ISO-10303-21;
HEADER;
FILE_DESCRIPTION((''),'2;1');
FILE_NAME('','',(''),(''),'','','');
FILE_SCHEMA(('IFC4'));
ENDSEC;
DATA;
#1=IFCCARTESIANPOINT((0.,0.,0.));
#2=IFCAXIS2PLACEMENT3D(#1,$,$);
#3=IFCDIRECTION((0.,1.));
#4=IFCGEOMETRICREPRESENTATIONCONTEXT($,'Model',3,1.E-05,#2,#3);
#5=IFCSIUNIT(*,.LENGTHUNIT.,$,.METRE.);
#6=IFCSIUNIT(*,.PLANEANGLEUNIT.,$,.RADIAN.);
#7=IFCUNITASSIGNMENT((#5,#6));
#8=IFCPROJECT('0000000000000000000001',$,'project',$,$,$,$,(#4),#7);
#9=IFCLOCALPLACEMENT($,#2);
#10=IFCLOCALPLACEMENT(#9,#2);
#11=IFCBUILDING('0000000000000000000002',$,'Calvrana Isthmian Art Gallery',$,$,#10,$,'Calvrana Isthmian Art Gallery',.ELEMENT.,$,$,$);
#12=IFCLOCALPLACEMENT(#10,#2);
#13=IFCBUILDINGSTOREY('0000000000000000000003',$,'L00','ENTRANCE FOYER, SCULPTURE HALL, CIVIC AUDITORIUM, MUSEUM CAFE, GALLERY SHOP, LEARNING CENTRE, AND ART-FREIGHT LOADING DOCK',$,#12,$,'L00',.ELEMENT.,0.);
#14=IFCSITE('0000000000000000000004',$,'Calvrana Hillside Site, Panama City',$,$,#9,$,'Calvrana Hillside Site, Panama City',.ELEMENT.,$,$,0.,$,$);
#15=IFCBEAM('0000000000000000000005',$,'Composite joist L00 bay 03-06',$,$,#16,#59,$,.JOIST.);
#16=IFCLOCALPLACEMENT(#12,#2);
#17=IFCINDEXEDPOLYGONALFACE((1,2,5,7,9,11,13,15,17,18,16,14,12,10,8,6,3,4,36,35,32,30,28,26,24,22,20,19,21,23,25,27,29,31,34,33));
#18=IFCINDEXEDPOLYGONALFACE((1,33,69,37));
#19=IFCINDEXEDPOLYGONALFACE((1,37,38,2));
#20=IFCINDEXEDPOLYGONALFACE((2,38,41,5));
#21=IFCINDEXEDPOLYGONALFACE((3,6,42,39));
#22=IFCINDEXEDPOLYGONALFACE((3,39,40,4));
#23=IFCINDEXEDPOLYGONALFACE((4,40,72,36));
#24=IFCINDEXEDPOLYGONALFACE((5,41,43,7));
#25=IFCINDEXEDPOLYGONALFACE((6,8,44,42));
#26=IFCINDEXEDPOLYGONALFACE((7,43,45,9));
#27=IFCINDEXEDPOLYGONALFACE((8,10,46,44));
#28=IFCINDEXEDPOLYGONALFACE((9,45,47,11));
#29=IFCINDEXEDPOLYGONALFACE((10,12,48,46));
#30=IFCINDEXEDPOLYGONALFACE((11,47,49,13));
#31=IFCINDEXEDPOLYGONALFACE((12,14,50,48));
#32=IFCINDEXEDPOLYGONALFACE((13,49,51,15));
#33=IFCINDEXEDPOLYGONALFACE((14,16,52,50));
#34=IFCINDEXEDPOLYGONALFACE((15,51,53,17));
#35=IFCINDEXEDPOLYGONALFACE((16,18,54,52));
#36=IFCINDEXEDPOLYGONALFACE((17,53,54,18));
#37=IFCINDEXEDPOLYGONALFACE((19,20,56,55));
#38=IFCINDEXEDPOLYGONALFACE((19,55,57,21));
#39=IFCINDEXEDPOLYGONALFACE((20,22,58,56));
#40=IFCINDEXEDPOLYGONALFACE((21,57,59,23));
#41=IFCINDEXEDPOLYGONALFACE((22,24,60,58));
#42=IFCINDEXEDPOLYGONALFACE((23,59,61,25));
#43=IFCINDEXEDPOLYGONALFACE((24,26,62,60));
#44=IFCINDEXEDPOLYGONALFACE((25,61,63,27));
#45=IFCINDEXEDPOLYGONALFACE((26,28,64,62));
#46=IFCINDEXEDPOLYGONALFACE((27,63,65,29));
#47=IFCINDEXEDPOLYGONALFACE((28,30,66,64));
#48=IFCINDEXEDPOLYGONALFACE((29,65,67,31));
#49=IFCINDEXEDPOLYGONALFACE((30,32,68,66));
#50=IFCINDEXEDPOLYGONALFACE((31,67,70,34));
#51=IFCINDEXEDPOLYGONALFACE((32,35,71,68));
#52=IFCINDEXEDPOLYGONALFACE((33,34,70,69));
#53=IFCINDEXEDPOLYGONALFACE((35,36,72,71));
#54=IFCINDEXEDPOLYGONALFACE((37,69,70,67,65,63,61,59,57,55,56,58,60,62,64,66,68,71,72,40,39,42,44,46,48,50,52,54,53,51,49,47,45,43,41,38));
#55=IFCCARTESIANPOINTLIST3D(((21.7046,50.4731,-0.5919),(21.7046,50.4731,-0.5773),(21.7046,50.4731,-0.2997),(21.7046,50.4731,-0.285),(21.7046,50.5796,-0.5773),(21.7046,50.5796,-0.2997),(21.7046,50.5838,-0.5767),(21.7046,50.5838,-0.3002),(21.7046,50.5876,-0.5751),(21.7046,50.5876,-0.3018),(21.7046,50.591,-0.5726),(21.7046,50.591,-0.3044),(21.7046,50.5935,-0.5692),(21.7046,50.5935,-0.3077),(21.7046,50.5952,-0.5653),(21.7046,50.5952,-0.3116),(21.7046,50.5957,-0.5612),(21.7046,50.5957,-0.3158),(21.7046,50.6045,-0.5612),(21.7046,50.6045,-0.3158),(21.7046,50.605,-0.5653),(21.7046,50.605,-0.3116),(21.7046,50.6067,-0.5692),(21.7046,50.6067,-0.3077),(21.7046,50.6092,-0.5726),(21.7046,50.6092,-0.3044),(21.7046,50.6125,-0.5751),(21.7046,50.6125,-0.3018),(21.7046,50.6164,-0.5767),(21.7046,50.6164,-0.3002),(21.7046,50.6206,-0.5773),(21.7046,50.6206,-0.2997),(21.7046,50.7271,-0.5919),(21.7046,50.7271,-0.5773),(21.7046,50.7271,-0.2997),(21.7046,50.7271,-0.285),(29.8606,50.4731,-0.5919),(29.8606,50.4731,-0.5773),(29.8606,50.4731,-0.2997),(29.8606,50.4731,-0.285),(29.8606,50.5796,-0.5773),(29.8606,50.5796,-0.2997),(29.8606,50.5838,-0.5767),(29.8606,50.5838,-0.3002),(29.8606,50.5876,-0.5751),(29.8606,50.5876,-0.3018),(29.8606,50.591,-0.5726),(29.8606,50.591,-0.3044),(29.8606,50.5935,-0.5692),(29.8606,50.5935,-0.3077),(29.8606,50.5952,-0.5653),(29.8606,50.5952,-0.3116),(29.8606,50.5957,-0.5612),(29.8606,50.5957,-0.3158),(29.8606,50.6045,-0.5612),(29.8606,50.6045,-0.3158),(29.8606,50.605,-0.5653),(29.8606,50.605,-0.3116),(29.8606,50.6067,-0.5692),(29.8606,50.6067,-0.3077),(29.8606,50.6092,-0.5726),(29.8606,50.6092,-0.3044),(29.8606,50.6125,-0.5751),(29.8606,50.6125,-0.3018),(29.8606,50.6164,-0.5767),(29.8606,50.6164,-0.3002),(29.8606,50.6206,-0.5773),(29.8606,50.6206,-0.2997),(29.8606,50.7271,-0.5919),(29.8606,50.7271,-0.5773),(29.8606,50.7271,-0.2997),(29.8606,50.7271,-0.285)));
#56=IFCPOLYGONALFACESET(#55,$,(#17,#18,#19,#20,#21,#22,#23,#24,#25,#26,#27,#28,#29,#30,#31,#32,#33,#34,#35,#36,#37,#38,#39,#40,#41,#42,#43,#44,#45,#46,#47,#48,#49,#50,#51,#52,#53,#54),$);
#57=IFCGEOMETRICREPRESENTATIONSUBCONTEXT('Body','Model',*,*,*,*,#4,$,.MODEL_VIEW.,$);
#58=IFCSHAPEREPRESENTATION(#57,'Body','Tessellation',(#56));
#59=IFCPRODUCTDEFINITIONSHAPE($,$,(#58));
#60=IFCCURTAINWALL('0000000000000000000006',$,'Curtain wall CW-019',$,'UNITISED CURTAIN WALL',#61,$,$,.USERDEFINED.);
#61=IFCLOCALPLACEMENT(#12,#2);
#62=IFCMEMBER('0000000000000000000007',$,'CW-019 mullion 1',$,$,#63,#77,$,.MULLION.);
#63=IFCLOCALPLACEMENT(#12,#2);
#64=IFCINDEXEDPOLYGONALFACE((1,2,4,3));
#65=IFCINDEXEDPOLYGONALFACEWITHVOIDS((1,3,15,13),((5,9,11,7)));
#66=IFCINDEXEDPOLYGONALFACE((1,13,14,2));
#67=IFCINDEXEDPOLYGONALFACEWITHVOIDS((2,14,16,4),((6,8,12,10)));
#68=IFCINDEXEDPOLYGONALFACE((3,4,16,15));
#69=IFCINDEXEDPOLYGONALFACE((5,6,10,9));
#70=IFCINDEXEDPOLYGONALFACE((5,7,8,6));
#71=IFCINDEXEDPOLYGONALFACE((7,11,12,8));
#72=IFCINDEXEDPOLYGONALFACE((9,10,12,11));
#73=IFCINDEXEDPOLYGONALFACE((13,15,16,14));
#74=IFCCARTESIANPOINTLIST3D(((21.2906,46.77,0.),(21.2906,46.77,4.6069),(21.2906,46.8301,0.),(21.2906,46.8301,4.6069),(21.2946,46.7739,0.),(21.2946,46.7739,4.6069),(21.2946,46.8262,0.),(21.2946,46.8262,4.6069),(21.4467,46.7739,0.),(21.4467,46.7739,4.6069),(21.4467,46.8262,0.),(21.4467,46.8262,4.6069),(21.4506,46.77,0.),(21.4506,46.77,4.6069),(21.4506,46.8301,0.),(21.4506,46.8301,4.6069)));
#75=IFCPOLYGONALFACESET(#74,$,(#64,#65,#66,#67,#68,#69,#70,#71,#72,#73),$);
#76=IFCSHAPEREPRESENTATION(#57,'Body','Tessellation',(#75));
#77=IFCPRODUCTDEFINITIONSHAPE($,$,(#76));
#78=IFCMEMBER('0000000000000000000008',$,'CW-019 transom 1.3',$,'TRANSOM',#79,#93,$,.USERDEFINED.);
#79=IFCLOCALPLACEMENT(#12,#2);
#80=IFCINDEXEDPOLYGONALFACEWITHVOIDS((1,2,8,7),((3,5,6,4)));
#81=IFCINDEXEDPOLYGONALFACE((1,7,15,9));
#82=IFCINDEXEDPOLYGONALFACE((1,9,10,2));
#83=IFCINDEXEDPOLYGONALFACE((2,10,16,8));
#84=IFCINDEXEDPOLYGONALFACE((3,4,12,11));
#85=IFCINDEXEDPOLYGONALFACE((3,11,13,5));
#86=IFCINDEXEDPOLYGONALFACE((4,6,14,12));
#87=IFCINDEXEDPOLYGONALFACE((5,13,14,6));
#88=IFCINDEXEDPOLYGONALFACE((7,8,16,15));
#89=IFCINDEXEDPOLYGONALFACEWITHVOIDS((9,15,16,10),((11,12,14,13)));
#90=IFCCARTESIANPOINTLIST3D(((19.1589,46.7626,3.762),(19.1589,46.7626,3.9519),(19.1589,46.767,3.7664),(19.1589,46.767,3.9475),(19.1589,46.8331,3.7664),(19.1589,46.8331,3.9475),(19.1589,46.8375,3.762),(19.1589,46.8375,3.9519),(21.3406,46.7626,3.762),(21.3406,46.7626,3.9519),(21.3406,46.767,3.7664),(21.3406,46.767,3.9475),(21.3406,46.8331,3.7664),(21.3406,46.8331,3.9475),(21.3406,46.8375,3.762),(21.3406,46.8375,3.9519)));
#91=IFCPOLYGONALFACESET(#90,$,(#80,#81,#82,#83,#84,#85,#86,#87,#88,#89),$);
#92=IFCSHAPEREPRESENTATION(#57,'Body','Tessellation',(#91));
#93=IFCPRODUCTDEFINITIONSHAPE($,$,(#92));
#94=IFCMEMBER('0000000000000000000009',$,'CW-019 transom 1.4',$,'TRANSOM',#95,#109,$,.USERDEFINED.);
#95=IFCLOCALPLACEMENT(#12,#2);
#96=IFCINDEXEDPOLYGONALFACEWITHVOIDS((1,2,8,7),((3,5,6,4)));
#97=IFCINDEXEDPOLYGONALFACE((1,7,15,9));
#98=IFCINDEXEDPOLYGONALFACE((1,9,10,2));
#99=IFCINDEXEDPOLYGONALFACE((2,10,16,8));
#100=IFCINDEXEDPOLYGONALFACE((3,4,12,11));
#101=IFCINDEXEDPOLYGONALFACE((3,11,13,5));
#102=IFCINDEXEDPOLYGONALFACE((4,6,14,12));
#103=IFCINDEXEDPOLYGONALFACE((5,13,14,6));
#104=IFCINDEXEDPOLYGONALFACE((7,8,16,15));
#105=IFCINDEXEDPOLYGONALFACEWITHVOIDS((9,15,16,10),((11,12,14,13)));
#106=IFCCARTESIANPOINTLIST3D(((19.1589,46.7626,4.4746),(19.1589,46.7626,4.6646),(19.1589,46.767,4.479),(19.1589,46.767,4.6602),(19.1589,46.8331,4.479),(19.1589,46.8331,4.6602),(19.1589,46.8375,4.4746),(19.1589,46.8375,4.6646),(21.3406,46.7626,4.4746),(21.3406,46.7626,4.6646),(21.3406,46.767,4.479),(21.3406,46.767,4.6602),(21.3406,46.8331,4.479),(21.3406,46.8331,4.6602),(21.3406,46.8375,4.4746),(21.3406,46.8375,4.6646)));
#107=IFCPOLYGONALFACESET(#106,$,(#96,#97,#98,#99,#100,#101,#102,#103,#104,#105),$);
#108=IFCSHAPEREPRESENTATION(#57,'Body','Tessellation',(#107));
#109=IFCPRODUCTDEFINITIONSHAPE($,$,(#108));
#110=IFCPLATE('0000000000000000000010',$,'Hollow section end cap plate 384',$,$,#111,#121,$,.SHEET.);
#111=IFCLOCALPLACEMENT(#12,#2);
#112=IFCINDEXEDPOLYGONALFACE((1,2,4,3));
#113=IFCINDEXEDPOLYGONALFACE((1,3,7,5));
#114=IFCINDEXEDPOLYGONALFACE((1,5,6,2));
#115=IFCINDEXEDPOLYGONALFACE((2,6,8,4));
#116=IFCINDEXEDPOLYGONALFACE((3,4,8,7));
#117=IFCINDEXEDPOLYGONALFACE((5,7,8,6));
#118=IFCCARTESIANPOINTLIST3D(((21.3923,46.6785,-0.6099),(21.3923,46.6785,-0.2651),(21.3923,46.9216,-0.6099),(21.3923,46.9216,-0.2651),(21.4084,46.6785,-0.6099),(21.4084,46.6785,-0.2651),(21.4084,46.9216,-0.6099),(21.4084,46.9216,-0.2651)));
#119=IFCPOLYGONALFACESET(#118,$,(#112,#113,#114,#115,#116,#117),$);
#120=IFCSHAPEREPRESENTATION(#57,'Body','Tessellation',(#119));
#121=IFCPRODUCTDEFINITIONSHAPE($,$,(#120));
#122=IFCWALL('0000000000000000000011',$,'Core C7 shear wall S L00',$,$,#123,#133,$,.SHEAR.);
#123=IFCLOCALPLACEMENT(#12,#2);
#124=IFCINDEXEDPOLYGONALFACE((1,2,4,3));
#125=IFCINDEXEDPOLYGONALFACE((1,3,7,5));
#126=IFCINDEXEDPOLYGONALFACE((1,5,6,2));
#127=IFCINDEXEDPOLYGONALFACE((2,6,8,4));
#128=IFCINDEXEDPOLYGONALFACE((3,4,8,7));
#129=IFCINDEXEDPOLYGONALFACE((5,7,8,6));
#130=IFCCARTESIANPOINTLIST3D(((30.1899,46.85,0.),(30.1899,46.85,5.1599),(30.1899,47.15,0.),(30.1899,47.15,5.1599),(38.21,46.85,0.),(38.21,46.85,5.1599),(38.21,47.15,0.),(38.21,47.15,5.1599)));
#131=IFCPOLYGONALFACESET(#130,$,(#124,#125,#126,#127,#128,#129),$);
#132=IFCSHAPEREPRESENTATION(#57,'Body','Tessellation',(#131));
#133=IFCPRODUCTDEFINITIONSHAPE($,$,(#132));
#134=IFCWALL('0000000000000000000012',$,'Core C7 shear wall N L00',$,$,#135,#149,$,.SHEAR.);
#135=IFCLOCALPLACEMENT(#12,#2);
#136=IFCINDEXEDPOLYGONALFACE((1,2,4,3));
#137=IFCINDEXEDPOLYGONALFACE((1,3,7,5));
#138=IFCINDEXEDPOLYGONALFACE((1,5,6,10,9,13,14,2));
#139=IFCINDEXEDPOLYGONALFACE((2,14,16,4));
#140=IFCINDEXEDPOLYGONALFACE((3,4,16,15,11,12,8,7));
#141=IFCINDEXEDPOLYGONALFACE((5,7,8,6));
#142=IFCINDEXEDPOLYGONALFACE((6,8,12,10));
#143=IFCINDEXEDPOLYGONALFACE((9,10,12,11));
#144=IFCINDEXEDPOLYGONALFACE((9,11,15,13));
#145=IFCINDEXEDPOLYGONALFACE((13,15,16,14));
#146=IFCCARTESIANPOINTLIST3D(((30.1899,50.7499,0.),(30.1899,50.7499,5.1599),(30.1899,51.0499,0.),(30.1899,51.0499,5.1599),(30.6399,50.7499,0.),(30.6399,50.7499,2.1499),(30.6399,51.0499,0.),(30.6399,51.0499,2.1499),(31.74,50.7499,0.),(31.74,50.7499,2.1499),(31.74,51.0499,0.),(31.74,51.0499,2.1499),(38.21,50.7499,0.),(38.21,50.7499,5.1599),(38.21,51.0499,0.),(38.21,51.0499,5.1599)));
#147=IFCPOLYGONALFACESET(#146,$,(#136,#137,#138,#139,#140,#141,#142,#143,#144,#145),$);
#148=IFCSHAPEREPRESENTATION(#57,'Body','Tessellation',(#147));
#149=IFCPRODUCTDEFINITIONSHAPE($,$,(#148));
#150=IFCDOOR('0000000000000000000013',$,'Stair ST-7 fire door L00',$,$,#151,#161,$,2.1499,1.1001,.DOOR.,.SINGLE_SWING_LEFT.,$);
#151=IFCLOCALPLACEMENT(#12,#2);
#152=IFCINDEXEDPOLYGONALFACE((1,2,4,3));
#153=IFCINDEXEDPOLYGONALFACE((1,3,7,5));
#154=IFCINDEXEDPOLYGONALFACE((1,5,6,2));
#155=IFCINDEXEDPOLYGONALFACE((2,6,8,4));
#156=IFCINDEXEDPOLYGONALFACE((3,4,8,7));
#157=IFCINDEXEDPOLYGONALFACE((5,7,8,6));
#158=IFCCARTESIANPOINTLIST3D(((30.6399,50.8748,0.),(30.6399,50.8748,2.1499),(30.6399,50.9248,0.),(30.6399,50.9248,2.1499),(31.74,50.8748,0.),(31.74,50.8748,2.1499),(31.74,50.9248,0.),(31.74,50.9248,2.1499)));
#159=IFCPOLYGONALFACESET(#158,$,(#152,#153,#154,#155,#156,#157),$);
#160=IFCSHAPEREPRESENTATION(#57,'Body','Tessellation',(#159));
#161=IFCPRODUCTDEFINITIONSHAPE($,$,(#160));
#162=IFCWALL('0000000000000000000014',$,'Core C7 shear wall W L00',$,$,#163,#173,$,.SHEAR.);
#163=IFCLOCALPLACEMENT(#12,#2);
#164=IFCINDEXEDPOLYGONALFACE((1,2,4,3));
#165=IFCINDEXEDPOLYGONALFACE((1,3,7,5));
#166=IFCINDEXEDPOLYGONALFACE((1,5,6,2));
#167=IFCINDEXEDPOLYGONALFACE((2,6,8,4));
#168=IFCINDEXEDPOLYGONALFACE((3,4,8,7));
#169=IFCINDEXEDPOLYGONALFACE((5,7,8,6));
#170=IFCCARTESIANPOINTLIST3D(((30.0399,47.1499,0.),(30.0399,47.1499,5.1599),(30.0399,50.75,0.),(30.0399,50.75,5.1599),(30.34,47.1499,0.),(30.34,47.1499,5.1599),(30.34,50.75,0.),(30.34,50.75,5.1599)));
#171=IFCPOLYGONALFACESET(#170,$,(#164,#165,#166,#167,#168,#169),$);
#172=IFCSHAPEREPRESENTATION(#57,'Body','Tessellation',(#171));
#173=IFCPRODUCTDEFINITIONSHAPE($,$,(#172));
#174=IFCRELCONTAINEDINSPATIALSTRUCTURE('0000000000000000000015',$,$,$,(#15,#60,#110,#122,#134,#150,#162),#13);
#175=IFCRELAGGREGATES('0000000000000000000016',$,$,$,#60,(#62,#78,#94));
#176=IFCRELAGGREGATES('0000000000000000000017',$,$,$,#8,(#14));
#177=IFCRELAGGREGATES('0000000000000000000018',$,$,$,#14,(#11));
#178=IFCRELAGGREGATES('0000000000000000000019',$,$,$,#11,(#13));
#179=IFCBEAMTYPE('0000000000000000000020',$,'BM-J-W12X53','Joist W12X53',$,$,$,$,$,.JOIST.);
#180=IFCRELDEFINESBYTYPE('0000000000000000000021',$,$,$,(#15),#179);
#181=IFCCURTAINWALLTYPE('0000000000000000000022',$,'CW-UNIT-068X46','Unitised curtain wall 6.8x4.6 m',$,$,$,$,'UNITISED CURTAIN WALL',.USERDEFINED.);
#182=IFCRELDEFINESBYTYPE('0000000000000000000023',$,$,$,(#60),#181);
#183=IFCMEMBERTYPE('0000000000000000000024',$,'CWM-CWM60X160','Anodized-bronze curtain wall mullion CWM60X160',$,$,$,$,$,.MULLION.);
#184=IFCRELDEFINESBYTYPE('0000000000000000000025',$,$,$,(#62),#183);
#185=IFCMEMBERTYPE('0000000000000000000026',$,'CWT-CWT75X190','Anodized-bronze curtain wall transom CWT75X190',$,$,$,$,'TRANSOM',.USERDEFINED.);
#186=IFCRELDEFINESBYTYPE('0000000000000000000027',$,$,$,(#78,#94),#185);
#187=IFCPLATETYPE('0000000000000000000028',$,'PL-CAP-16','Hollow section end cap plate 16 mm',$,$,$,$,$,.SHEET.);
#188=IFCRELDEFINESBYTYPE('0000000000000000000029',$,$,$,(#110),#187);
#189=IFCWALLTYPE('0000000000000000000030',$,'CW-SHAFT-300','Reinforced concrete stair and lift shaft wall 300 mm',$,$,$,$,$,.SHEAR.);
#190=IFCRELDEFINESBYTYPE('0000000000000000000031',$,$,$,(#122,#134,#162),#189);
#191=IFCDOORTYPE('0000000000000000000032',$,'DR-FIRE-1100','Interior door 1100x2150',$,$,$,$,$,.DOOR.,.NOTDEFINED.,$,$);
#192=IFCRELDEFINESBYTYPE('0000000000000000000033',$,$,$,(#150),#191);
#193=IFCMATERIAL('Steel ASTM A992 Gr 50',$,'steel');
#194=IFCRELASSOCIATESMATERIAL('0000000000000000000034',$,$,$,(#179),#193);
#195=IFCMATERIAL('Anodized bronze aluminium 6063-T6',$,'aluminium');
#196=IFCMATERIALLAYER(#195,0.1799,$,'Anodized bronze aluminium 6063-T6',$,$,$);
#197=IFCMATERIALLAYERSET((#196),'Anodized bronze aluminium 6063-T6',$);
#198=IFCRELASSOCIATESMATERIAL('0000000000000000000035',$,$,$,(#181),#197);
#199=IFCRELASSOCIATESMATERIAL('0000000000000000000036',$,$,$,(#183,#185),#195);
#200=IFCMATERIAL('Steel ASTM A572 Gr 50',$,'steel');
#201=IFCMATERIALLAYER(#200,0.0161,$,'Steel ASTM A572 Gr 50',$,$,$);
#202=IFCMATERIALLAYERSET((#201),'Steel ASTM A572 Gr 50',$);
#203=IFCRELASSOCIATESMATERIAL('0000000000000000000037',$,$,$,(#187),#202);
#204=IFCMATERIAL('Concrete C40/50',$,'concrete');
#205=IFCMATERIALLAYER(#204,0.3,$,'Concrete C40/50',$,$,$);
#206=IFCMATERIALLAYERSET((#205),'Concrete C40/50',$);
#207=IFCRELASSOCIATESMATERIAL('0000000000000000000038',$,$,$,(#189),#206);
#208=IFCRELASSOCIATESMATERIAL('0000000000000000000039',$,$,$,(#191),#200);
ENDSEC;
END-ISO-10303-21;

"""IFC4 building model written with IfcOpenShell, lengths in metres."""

from ifc_helpers import new_model, si_unit, direction, frame, frame_2d, origin, origin_2d, place, context, subcontext, project, spatial, rectangle, hollow_rectangle, i_section, extrude, material, layer, layer_set, material_profile, profile_set, type_object, element, fill, aggregate, save


model = new_model("IFC4")

# Units and contexts
model_context = context("Model", 3, precision=1e-05, world=origin(), true_north=direction((0.0, 1.0)))
body_context = subcontext(model_context, "Body", "Model", "MODEL_VIEW")
ifc_project = project(units=[si_unit("LENGTHUNIT", "METRE"), si_unit("PLANEANGLEUNIT", "RADIAN")], contexts=[model_context])

# Site, building, storey
site_placement = place(None, origin())
site = spatial("IfcSite", under=ifc_project, at=site_placement, Name="Calvrana Hillside Site, Panama City", LongName="Calvrana Hillside Site, Panama City", CompositionType="ELEMENT", RefElevation=0.0)
building_placement = place(site_placement, origin())
building = spatial("IfcBuilding", under=site, at=building_placement, Name="Calvrana Isthmian Art Gallery", LongName="Calvrana Isthmian Art Gallery", CompositionType="ELEMENT")
storey_placement = place(building_placement, origin())
storey = spatial("IfcBuildingStorey", under=building, at=storey_placement, Name="L00", Description="ENTRANCE FOYER, SCULPTURE HALL, CIVIC AUDITORIUM, MUSEUM CAFE, GALLERY SHOP, LEARNING CENTRE, AND ART-FREIGHT LOADING DOCK", LongName="L00", CompositionType="ELEMENT", Elevation=0.0)

# Shared definitions
ifc_material_1 = material(Name="Steel ASTM A992 Gr 50", Category="steel")

# Beam
ifc_material_profile_1 = material_profile(ifc_material_1, i_section(OverallWidth=0.2539, OverallDepth=0.3069, WebThickness=0.0088, FlangeThickness=0.0146, FilletRadius=0.0161, at=origin_2d()), Name="W12X53")
ifc_profile_set_1 = profile_set([ifc_material_profile_1], Name="Steel ASTM A992 Gr 50")
beam_type_1 = type_object("IfcBeamType", Name="BM-J-W12X53", Description="Joist W12X53", PredefinedType="JOIST", material=ifc_profile_set_1)
beam_1_placement = place(storey_placement, frame((21.7046, 50.6001, -0.4385), z_axis=(1.0, 0.0, 0.0), x_axis=(0.0, 1.0, 0.0)))
element("IfcBeam", 1, at=beam_1_placement, inside=storey, type_object=beam_type_1, Name="Composite joist L00 bay 03-06", PredefinedType="JOIST", context=body_context, shape_type="SweptSolid", body=[
    extrude(i_section(OverallWidth=0.2539, OverallDepth=0.3069, WebThickness=0.0088, FlangeThickness=0.0146, FilletRadius=0.0161, at=origin_2d()), origin(), (0.0, 0.0, 1.0), 8.156),
])

# Curtain wall, members
ifc_material_2 = material(Name="Anodized bronze aluminium 6063-T6", Category="aluminium")
ifc_layer_1 = layer(ifc_material_2, 0.1799, Name="Anodized bronze aluminium 6063-T6")
ifc_layer_set_1 = layer_set([ifc_layer_1], Name="Anodized bronze aluminium 6063-T6")
curtain_wall_type = type_object("IfcCurtainWallType", Name="CW-UNIT-068X46", Description="Unitised curtain wall 6.8x4.6 m", ElementType="UNITISED CURTAIN WALL", PredefinedType="USERDEFINED", material=ifc_layer_set_1)
curtain_wall_placement = place(storey_placement, origin())
curtain_wall = element("IfcCurtainWall", 2, at=curtain_wall_placement, inside=storey, type_object=curtain_wall_type, Name="Curtain wall CW-019", ObjectType="UNITISED CURTAIN WALL", PredefinedType="USERDEFINED")
ifc_material_profile_2 = material_profile(ifc_material_2, hollow_rectangle(XDim=0.0601, YDim=0.1599, WallThickness=0.0039, at=origin_2d()), Name="CWM60X160")
ifc_profile_set_2 = profile_set([ifc_material_profile_2], Name="Anodized bronze aluminium 6063-T6")
member_type_1 = type_object("IfcMemberType", Name="CWM-CWM60X160", Description="Anodized-bronze curtain wall mullion CWM60X160", PredefinedType="MULLION", material=ifc_profile_set_2)
member_1_placement = place(storey_placement, frame((21.3706, 46.8, 0.0), z_axis=(0.0, 0.0, 1.0), x_axis=(0.0, -1.0, 0.0)))
member_1 = element("IfcMember", 3, at=member_1_placement, type_object=member_type_1, Name="CW-019 mullion 1", PredefinedType="MULLION", context=body_context, shape_type="SweptSolid", body=[
    extrude(hollow_rectangle(XDim=0.0601, YDim=0.1599, WallThickness=0.0039, at=origin_2d()), origin(), (0.0, 0.0, 1.0), 4.6069),
])
ifc_material_profile_3 = material_profile(ifc_material_2, hollow_rectangle(XDim=0.075, YDim=0.1899, WallThickness=0.0044, at=origin_2d()), Name="CWT75X190")
ifc_profile_set_3 = profile_set([ifc_material_profile_3], Name="Anodized bronze aluminium 6063-T6")
member_type_2 = type_object("IfcMemberType", Name="CWT-CWT75X190", Description="Anodized-bronze curtain wall transom CWT75X190", ElementType="TRANSOM", PredefinedType="USERDEFINED", material=ifc_profile_set_3)
member_2_placement = place(storey_placement, frame((21.3406, 46.8, 3.8569), z_axis=(-1.0, 0.0, 0.0), x_axis=(0.0, -1.0, 0.0)))
member_2 = element("IfcMember", 4, at=member_2_placement, type_object=member_type_2, Name="CW-019 transom 1.3", ObjectType="TRANSOM", PredefinedType="USERDEFINED", context=body_context, shape_type="SweptSolid", body=[
    extrude(hollow_rectangle(XDim=0.075, YDim=0.1899, WallThickness=0.0044, at=origin_2d()), origin(), (0.0, 0.0, 1.0), 2.1816),
])
member_3_placement = place(storey_placement, frame((21.3406, 46.8, 4.5696), z_axis=(-1.0, 0.0, 0.0), x_axis=(0.0, -1.0, 0.0)))
member_3 = element("IfcMember", 5, at=member_3_placement, type_object=member_type_2, Name="CW-019 transom 1.4", ObjectType="TRANSOM", PredefinedType="USERDEFINED", context=body_context, shape_type="SweptSolid", body=[
    extrude(hollow_rectangle(XDim=0.075, YDim=0.1899, WallThickness=0.0044, at=origin_2d()), origin(), (0.0, 0.0, 1.0), 2.1816),
])
aggregate(curtain_wall, [member_1, member_2, member_3])

# Plate
ifc_material_3 = material(Name="Steel ASTM A572 Gr 50", Category="steel")
ifc_layer_2 = layer(ifc_material_3, 0.0161, Name="Steel ASTM A572 Gr 50")
ifc_layer_set_2 = layer_set([ifc_layer_2], Name="Steel ASTM A572 Gr 50")
plate_type = type_object("IfcPlateType", Name="PL-CAP-16", Description="Hollow section end cap plate 16 mm", PredefinedType="SHEET", material=ifc_layer_set_2)
plate_placement = place(storey_placement, frame((21.4004, 46.8, -0.6099), z_axis=(0.0, 0.0, 1.0), x_axis=(1.0, 0.0, 0.0)))
element("IfcPlate", 6, at=plate_placement, inside=storey, type_object=plate_type, Name="Hollow section end cap plate 384", PredefinedType="SHEET", context=body_context, shape_type="SweptSolid", body=[
    extrude(rectangle(XDim=0.0161, YDim=0.2432, at=origin_2d()), origin(), (0.0, 0.0, 1.0), 0.3447),
])

# Wall
ifc_material_4 = material(Name="Concrete C40/50", Category="concrete")
ifc_layer_3 = layer(ifc_material_4, 0.3, Name="Concrete C40/50")
ifc_layer_set_3 = layer_set([ifc_layer_3], Name="Concrete C40/50")
wall_type_1 = type_object("IfcWallType", Name="CW-SHAFT-300", Description="Reinforced concrete stair and lift shaft wall 300 mm", PredefinedType="SHEAR", material=ifc_layer_set_3)
wall_1_placement = place(storey_placement, frame((30.1899, 47.0, 0.0), z_axis=(0.0, 0.0, 1.0), x_axis=(1.0, 0.0, 0.0)))
element("IfcWall", 7, at=wall_1_placement, inside=storey, type_object=wall_type_1, Name="Core C7 shear wall S L00", PredefinedType="SHEAR", context=body_context, shape_type="SweptSolid", body=[
    extrude(rectangle(XDim=8.02, YDim=0.3, at=frame_2d((4.01, 0.0))), origin(), (0.0, 0.0, 1.0), 5.1599),
])

# Wall, opening, door
wall_2_placement = place(storey_placement, frame((30.1899, 50.8999, 0.0), z_axis=(0.0, 0.0, 1.0), x_axis=(1.0, 0.0, 0.0)))
wall_2 = element("IfcWall", 8, at=wall_2_placement, inside=storey, type_object=wall_type_1, Name="Core C7 shear wall N L00", PredefinedType="SHEAR", context=body_context, shape_type="SweptSolid", body=[
    extrude(rectangle(XDim=8.02, YDim=0.3, at=frame_2d((4.01, 0.0))), origin(), (0.0, 0.0, 1.0), 5.1599),
])
opening_1_placement = place(wall_2_placement, frame((0.45, 0.0, 0.0)))
opening_1 = element("IfcOpeningElement", 9, at=opening_1_placement, cuts=wall_2, PredefinedType="OPENING", context=body_context, shape_type="SweptSolid", body=[
    extrude(rectangle(XDim=1.1001, YDim=2.1499, at=frame_2d((0.55, 1.075))), frame((0.0, 0.1602, 0.0), z_axis=(0.0, -1.0, 0.0), x_axis=(1.0, 0.0, 0.0)), (0.0, 0.0, 1.0), 0.3206),
])
door_type_1 = type_object("IfcDoorType", Name="DR-FIRE-1100", Description="Interior door 1100x2150", OperationType="NOTDEFINED", PredefinedType="DOOR", material=ifc_material_3)
door_1_placement = place(opening_1_placement, origin())
door_1 = element("IfcDoor", 10, at=door_1_placement, inside=storey, type_object=door_type_1, Name="Stair ST-7 fire door L00", OperationType="SINGLE_SWING_LEFT", OverallHeight=2.1499, OverallWidth=1.1001, PredefinedType="DOOR", context=body_context, shape_type="SweptSolid", body=[
    extrude(rectangle(XDim=1.1001, YDim=2.1499, at=frame_2d((0.55, 1.075))), frame((0.0, 0.0249, 0.0), z_axis=(0.0, -1.0, 0.0), x_axis=(1.0, 0.0, 0.0)), (0.0, 0.0, 1.0), 0.05),
])
fill(opening_1, door_1)

# Wall
wall_3_placement = place(storey_placement, frame((30.1899, 47.1499, 0.0), z_axis=(0.0, 0.0, 1.0), x_axis=(0.0, 1.0, 0.0)))
element("IfcWall", 11, at=wall_3_placement, inside=storey, type_object=wall_type_1, Name="Core C7 shear wall W L00", PredefinedType="SHEAR", context=body_context, shape_type="SweptSolid", body=[
    extrude(rectangle(XDim=3.6001, YDim=0.3, at=frame_2d((1.8, 0.0))), origin(), (0.0, 0.0, 1.0), 5.1599),
])

save(model, "model.ifc")
